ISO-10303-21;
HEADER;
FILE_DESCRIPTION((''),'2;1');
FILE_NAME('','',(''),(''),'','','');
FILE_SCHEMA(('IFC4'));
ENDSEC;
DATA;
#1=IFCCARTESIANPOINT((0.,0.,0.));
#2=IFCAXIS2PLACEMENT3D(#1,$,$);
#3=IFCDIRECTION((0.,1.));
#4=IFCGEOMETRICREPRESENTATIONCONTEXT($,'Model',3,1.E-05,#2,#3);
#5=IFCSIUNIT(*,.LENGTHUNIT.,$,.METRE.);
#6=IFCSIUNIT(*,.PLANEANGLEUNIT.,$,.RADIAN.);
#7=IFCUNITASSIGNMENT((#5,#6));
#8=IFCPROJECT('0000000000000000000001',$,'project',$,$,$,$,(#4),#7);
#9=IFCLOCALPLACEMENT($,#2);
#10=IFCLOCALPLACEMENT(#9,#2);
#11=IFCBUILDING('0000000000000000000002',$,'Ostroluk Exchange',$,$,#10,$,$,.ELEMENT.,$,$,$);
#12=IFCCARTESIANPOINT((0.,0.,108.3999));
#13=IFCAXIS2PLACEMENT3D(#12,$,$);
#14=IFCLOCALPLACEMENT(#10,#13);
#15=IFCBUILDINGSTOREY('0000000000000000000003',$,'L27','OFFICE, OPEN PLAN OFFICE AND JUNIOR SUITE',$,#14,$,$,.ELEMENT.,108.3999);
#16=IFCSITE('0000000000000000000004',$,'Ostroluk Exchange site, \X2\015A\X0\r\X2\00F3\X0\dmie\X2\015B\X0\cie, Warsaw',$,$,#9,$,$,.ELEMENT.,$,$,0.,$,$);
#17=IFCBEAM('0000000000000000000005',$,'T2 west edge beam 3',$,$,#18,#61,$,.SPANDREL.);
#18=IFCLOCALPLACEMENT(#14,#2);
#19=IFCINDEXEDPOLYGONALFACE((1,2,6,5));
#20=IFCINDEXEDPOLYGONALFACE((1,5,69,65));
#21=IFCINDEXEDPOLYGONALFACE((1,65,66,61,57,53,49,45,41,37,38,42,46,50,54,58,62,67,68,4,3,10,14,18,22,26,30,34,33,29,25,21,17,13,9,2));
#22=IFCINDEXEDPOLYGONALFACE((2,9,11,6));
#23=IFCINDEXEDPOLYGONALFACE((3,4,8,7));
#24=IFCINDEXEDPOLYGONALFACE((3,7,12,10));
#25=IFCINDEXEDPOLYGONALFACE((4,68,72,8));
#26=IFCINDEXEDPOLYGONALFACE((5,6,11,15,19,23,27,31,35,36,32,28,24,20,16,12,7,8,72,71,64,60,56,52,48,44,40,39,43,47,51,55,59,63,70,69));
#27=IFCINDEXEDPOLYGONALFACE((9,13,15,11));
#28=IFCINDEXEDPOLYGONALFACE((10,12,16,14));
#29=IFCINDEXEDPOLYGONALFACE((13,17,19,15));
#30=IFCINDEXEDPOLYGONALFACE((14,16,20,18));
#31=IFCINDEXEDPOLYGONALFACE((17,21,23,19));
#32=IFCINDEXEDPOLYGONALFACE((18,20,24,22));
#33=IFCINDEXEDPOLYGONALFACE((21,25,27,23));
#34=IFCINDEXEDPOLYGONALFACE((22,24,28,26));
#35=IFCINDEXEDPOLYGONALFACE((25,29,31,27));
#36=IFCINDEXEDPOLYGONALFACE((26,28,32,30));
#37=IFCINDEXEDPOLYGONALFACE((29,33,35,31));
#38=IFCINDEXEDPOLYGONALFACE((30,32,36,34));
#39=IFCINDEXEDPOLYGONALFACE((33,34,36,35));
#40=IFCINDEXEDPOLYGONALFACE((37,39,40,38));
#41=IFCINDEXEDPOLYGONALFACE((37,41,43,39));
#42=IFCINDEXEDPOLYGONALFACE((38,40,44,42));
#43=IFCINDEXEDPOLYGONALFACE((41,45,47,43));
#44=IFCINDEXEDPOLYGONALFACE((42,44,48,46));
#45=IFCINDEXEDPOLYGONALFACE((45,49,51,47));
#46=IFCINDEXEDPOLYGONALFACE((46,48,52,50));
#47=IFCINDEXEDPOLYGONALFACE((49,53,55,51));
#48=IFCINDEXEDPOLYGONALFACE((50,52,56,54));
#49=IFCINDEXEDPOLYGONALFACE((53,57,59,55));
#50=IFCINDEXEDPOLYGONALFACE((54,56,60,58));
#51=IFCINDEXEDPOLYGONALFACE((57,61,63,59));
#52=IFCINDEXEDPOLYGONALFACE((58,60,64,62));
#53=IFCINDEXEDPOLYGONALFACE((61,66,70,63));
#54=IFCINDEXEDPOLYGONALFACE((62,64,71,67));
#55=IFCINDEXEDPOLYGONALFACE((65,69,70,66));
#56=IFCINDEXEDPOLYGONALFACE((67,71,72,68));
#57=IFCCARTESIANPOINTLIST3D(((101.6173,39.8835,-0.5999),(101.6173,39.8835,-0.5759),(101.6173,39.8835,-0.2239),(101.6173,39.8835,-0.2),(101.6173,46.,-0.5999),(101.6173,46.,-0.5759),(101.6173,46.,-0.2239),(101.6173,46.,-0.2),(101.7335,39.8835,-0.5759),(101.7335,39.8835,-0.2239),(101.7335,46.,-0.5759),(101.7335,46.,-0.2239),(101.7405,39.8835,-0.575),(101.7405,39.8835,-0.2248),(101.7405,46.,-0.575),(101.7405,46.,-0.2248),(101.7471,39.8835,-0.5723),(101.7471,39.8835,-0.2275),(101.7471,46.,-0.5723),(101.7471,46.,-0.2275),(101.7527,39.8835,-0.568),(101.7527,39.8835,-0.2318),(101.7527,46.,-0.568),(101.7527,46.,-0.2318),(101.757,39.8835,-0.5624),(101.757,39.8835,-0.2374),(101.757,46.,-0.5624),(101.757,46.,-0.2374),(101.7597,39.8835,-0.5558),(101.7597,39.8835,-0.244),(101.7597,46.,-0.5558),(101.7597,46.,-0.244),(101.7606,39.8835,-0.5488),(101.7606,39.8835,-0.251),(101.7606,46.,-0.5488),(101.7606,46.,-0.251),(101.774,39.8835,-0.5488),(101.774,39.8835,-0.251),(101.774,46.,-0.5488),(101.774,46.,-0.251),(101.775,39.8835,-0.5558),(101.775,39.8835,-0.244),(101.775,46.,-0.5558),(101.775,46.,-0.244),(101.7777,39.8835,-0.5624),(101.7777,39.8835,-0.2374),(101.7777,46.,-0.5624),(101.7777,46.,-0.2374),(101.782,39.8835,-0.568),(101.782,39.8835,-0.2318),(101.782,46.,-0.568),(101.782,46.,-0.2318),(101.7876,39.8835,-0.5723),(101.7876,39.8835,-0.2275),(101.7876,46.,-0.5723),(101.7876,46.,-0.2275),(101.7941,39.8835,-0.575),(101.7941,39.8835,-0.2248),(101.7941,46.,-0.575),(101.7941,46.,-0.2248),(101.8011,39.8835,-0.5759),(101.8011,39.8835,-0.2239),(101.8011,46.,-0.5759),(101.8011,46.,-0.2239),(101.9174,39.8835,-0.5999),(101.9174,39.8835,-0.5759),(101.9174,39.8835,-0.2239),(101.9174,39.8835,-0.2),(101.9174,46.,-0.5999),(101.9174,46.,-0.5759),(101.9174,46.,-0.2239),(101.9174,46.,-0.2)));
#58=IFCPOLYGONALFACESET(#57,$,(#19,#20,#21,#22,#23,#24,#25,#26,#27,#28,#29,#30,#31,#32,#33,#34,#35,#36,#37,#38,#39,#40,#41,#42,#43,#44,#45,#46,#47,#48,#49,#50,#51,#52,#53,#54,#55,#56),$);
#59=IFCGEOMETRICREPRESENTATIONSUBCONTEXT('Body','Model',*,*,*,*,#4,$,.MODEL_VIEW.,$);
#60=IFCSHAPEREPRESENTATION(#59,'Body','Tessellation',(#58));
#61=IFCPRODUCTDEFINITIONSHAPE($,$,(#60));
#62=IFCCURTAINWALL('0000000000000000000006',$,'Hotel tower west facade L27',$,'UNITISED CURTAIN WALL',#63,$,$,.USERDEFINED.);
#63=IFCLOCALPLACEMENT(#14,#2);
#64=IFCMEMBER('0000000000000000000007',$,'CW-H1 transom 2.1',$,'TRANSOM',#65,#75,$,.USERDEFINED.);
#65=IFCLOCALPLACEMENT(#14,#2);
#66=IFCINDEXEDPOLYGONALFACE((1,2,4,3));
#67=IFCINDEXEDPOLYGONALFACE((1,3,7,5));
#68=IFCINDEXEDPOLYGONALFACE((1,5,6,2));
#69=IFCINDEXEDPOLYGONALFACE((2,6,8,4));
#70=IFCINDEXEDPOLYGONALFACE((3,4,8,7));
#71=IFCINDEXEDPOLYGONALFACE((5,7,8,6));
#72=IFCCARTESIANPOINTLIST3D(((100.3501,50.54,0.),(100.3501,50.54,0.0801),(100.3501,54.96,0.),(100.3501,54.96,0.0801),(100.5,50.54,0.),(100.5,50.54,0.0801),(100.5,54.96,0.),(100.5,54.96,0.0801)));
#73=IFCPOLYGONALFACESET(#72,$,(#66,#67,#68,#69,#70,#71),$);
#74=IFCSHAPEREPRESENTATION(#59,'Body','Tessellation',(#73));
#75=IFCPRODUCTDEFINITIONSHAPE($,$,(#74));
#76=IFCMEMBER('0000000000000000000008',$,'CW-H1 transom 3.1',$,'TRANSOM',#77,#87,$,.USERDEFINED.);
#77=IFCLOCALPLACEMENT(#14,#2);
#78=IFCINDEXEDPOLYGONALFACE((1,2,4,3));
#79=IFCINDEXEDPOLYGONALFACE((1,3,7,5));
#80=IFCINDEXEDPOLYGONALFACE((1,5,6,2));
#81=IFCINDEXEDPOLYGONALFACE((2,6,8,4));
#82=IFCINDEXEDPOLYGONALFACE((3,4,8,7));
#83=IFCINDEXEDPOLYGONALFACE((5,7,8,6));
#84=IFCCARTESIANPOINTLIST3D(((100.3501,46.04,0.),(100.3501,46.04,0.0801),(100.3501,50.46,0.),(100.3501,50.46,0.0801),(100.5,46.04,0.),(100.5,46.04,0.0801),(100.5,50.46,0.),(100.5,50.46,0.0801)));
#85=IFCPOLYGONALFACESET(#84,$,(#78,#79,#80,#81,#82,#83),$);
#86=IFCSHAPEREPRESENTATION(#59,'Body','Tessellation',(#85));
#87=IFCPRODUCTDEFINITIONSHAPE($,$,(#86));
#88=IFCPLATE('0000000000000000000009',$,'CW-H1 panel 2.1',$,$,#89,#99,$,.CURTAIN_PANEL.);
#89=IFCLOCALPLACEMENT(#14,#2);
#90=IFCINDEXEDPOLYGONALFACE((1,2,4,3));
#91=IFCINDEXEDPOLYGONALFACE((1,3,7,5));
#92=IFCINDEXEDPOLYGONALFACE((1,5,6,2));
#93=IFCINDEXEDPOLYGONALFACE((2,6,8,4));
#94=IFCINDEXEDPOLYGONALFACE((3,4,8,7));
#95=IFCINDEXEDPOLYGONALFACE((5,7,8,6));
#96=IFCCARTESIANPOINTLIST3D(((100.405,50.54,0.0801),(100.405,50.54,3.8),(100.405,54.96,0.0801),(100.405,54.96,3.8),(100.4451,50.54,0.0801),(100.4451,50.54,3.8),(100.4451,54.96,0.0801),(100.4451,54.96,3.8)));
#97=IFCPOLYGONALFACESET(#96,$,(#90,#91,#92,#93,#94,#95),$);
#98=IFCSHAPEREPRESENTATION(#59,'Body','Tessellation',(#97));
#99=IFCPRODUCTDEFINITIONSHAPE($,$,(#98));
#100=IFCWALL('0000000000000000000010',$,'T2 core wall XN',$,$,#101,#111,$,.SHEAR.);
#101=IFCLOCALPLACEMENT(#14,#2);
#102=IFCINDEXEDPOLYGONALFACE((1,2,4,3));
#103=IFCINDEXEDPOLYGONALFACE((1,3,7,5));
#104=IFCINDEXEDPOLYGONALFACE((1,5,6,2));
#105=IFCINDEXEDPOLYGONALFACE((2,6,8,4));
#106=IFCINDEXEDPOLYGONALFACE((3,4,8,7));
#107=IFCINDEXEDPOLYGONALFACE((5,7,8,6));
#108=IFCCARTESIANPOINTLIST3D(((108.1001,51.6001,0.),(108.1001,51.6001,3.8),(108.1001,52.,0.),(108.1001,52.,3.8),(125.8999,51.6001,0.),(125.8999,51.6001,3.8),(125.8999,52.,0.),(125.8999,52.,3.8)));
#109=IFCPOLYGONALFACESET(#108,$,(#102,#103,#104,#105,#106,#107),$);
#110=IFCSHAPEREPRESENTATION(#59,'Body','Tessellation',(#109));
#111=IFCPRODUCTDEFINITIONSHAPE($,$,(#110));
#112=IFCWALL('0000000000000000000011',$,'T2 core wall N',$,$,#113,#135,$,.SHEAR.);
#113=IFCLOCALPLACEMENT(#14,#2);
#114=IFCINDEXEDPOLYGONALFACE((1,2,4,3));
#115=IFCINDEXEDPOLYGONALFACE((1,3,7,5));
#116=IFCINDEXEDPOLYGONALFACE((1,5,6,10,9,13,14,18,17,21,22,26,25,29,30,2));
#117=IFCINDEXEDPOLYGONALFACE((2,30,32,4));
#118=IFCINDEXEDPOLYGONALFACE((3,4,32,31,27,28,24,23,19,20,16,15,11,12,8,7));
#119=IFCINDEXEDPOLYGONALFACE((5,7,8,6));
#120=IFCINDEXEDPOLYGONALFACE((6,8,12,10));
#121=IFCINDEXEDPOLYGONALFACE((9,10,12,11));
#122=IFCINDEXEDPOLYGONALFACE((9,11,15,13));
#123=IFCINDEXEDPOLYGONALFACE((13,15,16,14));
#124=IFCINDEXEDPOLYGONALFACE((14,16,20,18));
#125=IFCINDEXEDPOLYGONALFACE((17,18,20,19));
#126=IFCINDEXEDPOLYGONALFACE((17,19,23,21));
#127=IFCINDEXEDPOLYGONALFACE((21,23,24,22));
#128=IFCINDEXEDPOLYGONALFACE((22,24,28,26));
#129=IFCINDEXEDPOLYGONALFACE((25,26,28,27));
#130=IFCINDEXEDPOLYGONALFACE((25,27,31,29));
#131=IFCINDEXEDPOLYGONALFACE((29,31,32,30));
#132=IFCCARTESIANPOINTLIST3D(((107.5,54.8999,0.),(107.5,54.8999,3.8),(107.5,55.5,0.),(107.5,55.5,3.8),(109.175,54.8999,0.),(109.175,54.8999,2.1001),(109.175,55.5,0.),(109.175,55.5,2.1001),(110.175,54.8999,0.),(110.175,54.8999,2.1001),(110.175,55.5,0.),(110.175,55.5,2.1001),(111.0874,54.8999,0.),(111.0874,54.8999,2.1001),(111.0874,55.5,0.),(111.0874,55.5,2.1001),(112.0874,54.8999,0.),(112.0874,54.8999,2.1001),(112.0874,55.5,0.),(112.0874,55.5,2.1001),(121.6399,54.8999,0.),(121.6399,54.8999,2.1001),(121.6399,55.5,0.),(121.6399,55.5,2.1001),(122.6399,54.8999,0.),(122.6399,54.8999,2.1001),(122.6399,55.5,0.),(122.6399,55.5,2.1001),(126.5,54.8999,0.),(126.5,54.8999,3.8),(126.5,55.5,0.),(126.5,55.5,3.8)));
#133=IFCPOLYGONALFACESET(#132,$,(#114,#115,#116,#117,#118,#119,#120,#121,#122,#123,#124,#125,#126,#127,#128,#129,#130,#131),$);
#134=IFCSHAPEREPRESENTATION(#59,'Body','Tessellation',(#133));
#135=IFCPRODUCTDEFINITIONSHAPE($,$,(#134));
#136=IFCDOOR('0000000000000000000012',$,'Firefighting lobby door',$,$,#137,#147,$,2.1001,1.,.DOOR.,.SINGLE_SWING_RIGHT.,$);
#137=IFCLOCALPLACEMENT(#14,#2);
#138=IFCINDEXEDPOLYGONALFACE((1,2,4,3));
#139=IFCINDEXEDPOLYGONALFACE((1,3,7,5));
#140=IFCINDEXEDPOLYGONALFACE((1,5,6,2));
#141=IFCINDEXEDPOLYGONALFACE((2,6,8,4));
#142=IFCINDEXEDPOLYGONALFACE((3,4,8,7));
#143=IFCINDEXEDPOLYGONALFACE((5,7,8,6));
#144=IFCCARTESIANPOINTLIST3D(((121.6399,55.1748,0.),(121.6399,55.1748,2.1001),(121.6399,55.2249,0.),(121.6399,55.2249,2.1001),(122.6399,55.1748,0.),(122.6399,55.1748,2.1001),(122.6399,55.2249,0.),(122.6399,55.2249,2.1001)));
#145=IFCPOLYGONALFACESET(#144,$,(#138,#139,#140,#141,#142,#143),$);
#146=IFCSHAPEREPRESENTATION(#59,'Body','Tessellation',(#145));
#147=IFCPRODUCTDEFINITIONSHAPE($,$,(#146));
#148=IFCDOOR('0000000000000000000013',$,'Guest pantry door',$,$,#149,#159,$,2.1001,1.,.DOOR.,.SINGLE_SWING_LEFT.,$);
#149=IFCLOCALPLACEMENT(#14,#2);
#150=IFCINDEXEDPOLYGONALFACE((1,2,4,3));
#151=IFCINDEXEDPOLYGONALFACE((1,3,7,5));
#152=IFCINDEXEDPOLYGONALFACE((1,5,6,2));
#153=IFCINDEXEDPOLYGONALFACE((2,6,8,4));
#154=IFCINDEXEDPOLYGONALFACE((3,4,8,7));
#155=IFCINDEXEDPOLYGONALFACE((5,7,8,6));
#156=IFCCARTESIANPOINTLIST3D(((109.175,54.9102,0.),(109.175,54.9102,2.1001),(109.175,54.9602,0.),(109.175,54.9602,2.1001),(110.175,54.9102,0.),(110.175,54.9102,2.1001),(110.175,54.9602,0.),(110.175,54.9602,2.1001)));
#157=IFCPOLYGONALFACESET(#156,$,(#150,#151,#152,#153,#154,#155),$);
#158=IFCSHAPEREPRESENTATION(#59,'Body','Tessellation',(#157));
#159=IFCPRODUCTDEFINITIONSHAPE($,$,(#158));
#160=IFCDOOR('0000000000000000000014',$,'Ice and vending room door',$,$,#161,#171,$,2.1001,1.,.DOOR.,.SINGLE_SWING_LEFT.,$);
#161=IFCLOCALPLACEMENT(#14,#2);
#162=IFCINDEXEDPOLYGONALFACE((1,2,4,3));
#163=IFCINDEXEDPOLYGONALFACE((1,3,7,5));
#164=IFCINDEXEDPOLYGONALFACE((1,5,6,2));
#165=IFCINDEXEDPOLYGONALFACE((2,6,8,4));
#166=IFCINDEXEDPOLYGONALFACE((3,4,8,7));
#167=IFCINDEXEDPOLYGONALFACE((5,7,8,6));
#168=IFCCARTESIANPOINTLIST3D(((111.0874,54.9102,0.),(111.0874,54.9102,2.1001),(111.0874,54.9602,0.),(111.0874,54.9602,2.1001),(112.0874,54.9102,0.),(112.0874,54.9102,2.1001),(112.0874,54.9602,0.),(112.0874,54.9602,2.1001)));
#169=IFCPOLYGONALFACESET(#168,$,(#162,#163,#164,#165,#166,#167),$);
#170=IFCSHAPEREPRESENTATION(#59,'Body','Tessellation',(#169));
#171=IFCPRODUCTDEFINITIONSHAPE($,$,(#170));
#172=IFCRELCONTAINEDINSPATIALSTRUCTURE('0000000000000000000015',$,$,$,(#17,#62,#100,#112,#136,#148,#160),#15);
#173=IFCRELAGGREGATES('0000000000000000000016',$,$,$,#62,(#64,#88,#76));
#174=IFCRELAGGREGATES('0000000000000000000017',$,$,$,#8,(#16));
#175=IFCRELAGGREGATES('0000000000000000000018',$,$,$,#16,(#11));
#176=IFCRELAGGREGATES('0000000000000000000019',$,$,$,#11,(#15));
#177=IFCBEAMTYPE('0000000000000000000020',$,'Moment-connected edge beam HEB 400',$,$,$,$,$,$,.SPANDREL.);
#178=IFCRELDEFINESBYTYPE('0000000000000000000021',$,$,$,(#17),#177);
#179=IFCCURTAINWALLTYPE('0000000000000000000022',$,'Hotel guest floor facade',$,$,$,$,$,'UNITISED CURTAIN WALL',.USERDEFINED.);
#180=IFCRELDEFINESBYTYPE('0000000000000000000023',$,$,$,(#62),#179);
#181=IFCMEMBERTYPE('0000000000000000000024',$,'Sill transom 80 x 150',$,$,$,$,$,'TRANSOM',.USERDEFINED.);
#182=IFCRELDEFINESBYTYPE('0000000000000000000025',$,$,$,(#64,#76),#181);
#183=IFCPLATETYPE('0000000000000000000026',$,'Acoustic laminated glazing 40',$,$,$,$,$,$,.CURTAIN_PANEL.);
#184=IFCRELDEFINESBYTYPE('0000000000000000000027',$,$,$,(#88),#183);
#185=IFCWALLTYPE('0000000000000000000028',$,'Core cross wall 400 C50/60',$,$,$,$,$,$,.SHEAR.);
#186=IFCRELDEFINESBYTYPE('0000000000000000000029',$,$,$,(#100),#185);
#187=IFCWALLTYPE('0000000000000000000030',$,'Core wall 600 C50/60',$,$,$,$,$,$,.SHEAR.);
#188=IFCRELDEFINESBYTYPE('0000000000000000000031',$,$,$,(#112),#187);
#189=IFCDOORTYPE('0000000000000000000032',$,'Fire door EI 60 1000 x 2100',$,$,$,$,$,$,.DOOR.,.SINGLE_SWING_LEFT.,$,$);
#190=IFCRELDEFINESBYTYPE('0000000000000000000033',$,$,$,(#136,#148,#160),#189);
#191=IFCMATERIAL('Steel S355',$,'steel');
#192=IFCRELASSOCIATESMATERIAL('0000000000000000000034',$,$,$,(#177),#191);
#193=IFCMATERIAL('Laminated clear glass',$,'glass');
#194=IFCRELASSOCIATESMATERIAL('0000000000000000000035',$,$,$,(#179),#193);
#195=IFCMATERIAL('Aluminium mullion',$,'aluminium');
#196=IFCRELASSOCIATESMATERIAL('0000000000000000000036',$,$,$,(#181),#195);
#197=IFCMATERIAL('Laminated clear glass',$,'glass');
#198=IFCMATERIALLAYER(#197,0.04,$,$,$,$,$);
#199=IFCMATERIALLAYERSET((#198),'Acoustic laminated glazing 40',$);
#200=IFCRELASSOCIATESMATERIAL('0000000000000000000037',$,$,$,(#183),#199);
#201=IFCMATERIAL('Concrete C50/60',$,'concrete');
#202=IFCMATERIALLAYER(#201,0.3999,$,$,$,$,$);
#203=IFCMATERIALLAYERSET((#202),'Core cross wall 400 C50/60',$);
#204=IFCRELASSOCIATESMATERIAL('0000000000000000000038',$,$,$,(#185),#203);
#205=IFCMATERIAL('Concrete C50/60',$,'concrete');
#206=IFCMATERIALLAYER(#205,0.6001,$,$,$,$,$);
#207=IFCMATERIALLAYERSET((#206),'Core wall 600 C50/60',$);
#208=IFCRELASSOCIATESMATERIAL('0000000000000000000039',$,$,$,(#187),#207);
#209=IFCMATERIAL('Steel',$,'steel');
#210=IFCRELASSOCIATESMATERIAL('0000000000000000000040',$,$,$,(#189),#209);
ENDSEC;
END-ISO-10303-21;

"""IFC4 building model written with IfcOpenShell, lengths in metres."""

from ifc_helpers import new_model, si_unit, direction, frame, frame_2d, origin, origin_2d, place, context, subcontext, project, spatial, rectangle, i_section, extrude, material, layer, layer_set, material_profile, profile_set, type_object, element, fill, aggregate, save


model = new_model("IFC4")

# Units and contexts
model_context = context("Model", 3, precision=1e-05, world=origin(), true_north=direction((0.0, 1.0)))
body_context = subcontext(model_context, "Body", "Model", "MODEL_VIEW")
ifc_project = project(units=[si_unit("LENGTHUNIT", "METRE"), si_unit("PLANEANGLEUNIT", "RADIAN")], contexts=[model_context])

# Site, building, storey
site_placement = place(None, origin())
site = spatial("IfcSite", under=ifc_project, at=site_placement, Name="Ostroluk Exchange site, Śródmieście, Warsaw", CompositionType="ELEMENT", RefElevation=0.0)
building_placement = place(site_placement, origin())
building = spatial("IfcBuilding", under=site, at=building_placement, Name="Ostroluk Exchange", CompositionType="ELEMENT")
storey_placement = place(building_placement, frame((0.0, 0.0, 108.3999)))
storey = spatial("IfcBuildingStorey", under=building, at=storey_placement, Name="L27", Description="OFFICE, OPEN PLAN OFFICE AND JUNIOR SUITE", CompositionType="ELEMENT", Elevation=108.3999)

# Beam
ifc_material_1 = material(Name="Steel S355", Category="steel")
ifc_material_profile_1 = material_profile(ifc_material_1, i_section(OverallWidth=0.3, OverallDepth=0.3999, WebThickness=0.0134, FlangeThickness=0.0239, FilletRadius=0.0271, at=origin_2d()), Name="HEB 400")
ifc_profile_set_1 = profile_set([ifc_material_profile_1], Name="Steel S355")
beam_type_1 = type_object("IfcBeamType", Name="Moment-connected edge beam HEB 400", PredefinedType="SPANDREL", material=ifc_profile_set_1)
for number, where, z_axis, x_axis, name in (
    (1, (101.7673, 46.0, -0.3999), (0.0, -1.0, 0.0), (1.0, 0.0, 0.0), "T2 west edge beam 3"),
):
    element("IfcBeam", number, at=place(storey_placement, frame(where, z_axis=z_axis, x_axis=x_axis)), inside=storey, type_object=beam_type_1, Name=name, PredefinedType="SPANDREL", context=body_context, shape_type="SweptSolid", body=[
        extrude(i_section(OverallWidth=0.3, OverallDepth=0.3999, WebThickness=0.0134, FlangeThickness=0.0239, FilletRadius=0.0271, at=origin_2d()), origin(), (0.0, 0.0, 1.0), 6.1165),
    ])

# Curtain wall, members, plate
ifc_material_2 = material(Name="Laminated clear glass", Category="glass")
curtain_wall_type = type_object("IfcCurtainWallType", Name="Hotel guest floor facade", ElementType="UNITISED CURTAIN WALL", PredefinedType="USERDEFINED", material=ifc_material_2)
curtain_wall_placement = place(storey_placement, origin())
curtain_wall = element("IfcCurtainWall", 2, at=curtain_wall_placement, inside=storey, type_object=curtain_wall_type, Name="Hotel tower west facade L27", ObjectType="UNITISED CURTAIN WALL", PredefinedType="USERDEFINED")
ifc_material_3 = material(Name="Aluminium mullion", Category="aluminium")
ifc_material_profile_2 = material_profile(ifc_material_3, rectangle(XDim=0.1499, YDim=0.0801, at=origin_2d()), Name="Sill transom 80 x 150")
ifc_profile_set_2 = profile_set([ifc_material_profile_2], Name="Aluminium mullion")
member_type = type_object("IfcMemberType", Name="Sill transom 80 x 150", ElementType="TRANSOM", PredefinedType="USERDEFINED", material=ifc_profile_set_2)
member_1_placement = place(storey_placement, frame((100.425, 54.96, 0.04), z_axis=(0.0, -1.0, 0.0), x_axis=(1.0, 0.0, 0.0)))
member_1 = element("IfcMember", 3, at=member_1_placement, type_object=member_type, Name="CW-H1 transom 2.1", ObjectType="TRANSOM", PredefinedType="USERDEFINED", context=body_context, shape_type="SweptSolid", body=[
    extrude(rectangle(XDim=0.1499, YDim=0.0801, at=origin_2d()), origin(), (0.0, 0.0, 1.0), 4.4199),
])
member_2_placement = place(storey_placement, frame((100.425, 50.46, 0.04), z_axis=(0.0, -1.0, 0.0), x_axis=(1.0, 0.0, 0.0)))
member_2 = element("IfcMember", 4, at=member_2_placement, type_object=member_type, Name="CW-H1 transom 3.1", ObjectType="TRANSOM", PredefinedType="USERDEFINED", context=body_context, shape_type="SweptSolid", body=[
    extrude(rectangle(XDim=0.1499, YDim=0.0801, at=origin_2d()), origin(), (0.0, 0.0, 1.0), 4.4199),
])
ifc_material_4 = material(Name="Laminated clear glass", Category="glass")
ifc_layer_1 = layer(ifc_material_4, 0.04)
ifc_layer_set_1 = layer_set([ifc_layer_1], Name="Acoustic laminated glazing 40")
plate_type = type_object("IfcPlateType", Name="Acoustic laminated glazing 40", PredefinedType="CURTAIN_PANEL", material=ifc_layer_set_1)
plate_placement = place(storey_placement, frame((100.425, 52.75, 0.0801), z_axis=(0.0, 0.0, 1.0), x_axis=(0.0, -1.0, 0.0)))
plate = element("IfcPlate", 5, at=plate_placement, type_object=plate_type, Name="CW-H1 panel 2.1", PredefinedType="CURTAIN_PANEL", context=body_context, shape_type="SweptSolid", body=[
    extrude(rectangle(XDim=4.4199, YDim=0.04, at=origin_2d()), origin(), (0.0, 0.0, 1.0), 3.72),
])
aggregate(curtain_wall, [member_1, plate, member_2])

# Wall
ifc_material_5 = material(Name="Concrete C50/60", Category="concrete")
ifc_layer_2 = layer(ifc_material_5, 0.3999)
ifc_layer_set_2 = layer_set([ifc_layer_2], Name="Core cross wall 400 C50/60")
wall_type_1 = type_object("IfcWallType", Name="Core cross wall 400 C50/60", PredefinedType="SHEAR", material=ifc_layer_set_2)
wall_1_placement = place(storey_placement, frame((108.1001, 51.8, 0.0), z_axis=(0.0, 0.0, 1.0), x_axis=(1.0, 0.0, 0.0)))
element("IfcWall", 6, at=wall_1_placement, inside=storey, type_object=wall_type_1, Name="T2 core wall XN", PredefinedType="SHEAR", context=body_context, shape_type="SweptSolid", body=[
    extrude(rectangle(XDim=17.7998, YDim=0.3999, at=frame_2d((8.8999, 0.0))), origin(), (0.0, 0.0, 1.0), 3.8),
])

# Wall, openings, doors
ifc_material_6 = material(Name="Concrete C50/60", Category="concrete")
ifc_layer_3 = layer(ifc_material_6, 0.6001)
ifc_layer_set_3 = layer_set([ifc_layer_3], Name="Core wall 600 C50/60")
wall_type_2 = type_object("IfcWallType", Name="Core wall 600 C50/60", PredefinedType="SHEAR", material=ifc_layer_set_3)
wall_2_placement = place(storey_placement, frame((107.5, 55.2, 0.0), z_axis=(0.0, 0.0, 1.0), x_axis=(1.0, 0.0, 0.0)))
wall_2 = element("IfcWall", 7, at=wall_2_placement, inside=storey, type_object=wall_type_2, Name="T2 core wall N", PredefinedType="SHEAR", context=body_context, shape_type="SweptSolid", body=[
    extrude(rectangle(XDim=19.0, YDim=0.6001, at=frame_2d((9.5, 0.0))), origin(), (0.0, 0.0, 1.0), 3.8),
])
opening_1_placement = place(wall_2_placement, frame((14.1399, 0.0, 0.0)))
opening_1 = element("IfcOpeningElement", 8, at=opening_1_placement, cuts=wall_2, PredefinedType="OPENING", context=body_context, shape_type="SweptSolid", body=[
    extrude(rectangle(XDim=1.0, YDim=2.1001, at=frame_2d((0.5, 1.05))), frame((0.0, 0.3101, 0.0), z_axis=(0.0, -1.0, 0.0), x_axis=(1.0, 0.0, 0.0)), (0.0, 0.0, 1.0), 0.6201),
])
opening_2_placement = place(wall_2_placement, frame((1.675, 0.0, 0.0)))
opening_2 = element("IfcOpeningElement", 9, at=opening_2_placement, cuts=wall_2, PredefinedType="OPENING", context=body_context, shape_type="SweptSolid", body=[
    extrude(rectangle(XDim=1.0, YDim=2.1001, at=frame_2d((0.5, 1.05))), frame((0.0, 0.3101, 0.0), z_axis=(0.0, -1.0, 0.0), x_axis=(1.0, 0.0, 0.0)), (0.0, 0.0, 1.0), 0.6201),
])
opening_3_placement = place(wall_2_placement, frame((3.5874, 0.0, 0.0)))
opening_3 = element("IfcOpeningElement", 10, at=opening_3_placement, cuts=wall_2, PredefinedType="OPENING", context=body_context, shape_type="SweptSolid", body=[
    extrude(rectangle(XDim=1.0, YDim=2.1001, at=frame_2d((0.5, 1.05))), frame((0.0, 0.3101, 0.0), z_axis=(0.0, -1.0, 0.0), x_axis=(1.0, 0.0, 0.0)), (0.0, 0.0, 1.0), 0.6201),
])
ifc_material_7 = material(Name="Steel", Category="steel")
door_type_1 = type_object("IfcDoorType", Name="Fire door EI 60 1000 x 2100", OperationType="SINGLE_SWING_LEFT", PredefinedType="DOOR", material=ifc_material_7)
door_1_placement = place(opening_1_placement, origin())
door_1 = element("IfcDoor", 11, at=door_1_placement, inside=storey, type_object=door_type_1, Name="Firefighting lobby door", OperationType="SINGLE_SWING_RIGHT", OverallHeight=2.1001, OverallWidth=1.0, PredefinedType="DOOR", context=body_context, shape_type="SweptSolid", body=[
    extrude(rectangle(XDim=1.0, YDim=2.1001, at=frame_2d((0.5, 1.05))), frame((0.0, 0.0249, 0.0), z_axis=(0.0, -1.0, 0.0), x_axis=(1.0, 0.0, 0.0)), (0.0, 0.0, 1.0), 0.05),
])
fill(opening_1, door_1)
door_2_placement = place(opening_2_placement, origin())
door_2 = element("IfcDoor", 12, at=door_2_placement, inside=storey, type_object=door_type_1, Name="Guest pantry door", OperationType="SINGLE_SWING_LEFT", OverallHeight=2.1001, OverallWidth=1.0, PredefinedType="DOOR", context=body_context, shape_type="SweptSolid", body=[
    extrude(rectangle(XDim=1.0, YDim=2.1001, at=frame_2d((0.5, 1.05))), frame((0.0, -0.2397, 0.0), z_axis=(0.0, -1.0, 0.0), x_axis=(1.0, 0.0, 0.0)), (0.0, 0.0, 1.0), 0.05),
])
fill(opening_2, door_2)
door_3_placement = place(opening_3_placement, origin())
door_3 = element("IfcDoor", 13, at=door_3_placement, inside=storey, type_object=door_type_1, Name="Ice and vending room door", OperationType="SINGLE_SWING_LEFT", OverallHeight=2.1001, OverallWidth=1.0, PredefinedType="DOOR", context=body_context, shape_type="SweptSolid", body=[
    extrude(rectangle(XDim=1.0, YDim=2.1001, at=frame_2d((0.5, 1.05))), frame((0.0, -0.2397, 0.0), z_axis=(0.0, -1.0, 0.0), x_axis=(1.0, 0.0, 0.0)), (0.0, 0.0, 1.0), 0.05),
])
fill(opening_3, door_3)

save(model, "model.ifc")
